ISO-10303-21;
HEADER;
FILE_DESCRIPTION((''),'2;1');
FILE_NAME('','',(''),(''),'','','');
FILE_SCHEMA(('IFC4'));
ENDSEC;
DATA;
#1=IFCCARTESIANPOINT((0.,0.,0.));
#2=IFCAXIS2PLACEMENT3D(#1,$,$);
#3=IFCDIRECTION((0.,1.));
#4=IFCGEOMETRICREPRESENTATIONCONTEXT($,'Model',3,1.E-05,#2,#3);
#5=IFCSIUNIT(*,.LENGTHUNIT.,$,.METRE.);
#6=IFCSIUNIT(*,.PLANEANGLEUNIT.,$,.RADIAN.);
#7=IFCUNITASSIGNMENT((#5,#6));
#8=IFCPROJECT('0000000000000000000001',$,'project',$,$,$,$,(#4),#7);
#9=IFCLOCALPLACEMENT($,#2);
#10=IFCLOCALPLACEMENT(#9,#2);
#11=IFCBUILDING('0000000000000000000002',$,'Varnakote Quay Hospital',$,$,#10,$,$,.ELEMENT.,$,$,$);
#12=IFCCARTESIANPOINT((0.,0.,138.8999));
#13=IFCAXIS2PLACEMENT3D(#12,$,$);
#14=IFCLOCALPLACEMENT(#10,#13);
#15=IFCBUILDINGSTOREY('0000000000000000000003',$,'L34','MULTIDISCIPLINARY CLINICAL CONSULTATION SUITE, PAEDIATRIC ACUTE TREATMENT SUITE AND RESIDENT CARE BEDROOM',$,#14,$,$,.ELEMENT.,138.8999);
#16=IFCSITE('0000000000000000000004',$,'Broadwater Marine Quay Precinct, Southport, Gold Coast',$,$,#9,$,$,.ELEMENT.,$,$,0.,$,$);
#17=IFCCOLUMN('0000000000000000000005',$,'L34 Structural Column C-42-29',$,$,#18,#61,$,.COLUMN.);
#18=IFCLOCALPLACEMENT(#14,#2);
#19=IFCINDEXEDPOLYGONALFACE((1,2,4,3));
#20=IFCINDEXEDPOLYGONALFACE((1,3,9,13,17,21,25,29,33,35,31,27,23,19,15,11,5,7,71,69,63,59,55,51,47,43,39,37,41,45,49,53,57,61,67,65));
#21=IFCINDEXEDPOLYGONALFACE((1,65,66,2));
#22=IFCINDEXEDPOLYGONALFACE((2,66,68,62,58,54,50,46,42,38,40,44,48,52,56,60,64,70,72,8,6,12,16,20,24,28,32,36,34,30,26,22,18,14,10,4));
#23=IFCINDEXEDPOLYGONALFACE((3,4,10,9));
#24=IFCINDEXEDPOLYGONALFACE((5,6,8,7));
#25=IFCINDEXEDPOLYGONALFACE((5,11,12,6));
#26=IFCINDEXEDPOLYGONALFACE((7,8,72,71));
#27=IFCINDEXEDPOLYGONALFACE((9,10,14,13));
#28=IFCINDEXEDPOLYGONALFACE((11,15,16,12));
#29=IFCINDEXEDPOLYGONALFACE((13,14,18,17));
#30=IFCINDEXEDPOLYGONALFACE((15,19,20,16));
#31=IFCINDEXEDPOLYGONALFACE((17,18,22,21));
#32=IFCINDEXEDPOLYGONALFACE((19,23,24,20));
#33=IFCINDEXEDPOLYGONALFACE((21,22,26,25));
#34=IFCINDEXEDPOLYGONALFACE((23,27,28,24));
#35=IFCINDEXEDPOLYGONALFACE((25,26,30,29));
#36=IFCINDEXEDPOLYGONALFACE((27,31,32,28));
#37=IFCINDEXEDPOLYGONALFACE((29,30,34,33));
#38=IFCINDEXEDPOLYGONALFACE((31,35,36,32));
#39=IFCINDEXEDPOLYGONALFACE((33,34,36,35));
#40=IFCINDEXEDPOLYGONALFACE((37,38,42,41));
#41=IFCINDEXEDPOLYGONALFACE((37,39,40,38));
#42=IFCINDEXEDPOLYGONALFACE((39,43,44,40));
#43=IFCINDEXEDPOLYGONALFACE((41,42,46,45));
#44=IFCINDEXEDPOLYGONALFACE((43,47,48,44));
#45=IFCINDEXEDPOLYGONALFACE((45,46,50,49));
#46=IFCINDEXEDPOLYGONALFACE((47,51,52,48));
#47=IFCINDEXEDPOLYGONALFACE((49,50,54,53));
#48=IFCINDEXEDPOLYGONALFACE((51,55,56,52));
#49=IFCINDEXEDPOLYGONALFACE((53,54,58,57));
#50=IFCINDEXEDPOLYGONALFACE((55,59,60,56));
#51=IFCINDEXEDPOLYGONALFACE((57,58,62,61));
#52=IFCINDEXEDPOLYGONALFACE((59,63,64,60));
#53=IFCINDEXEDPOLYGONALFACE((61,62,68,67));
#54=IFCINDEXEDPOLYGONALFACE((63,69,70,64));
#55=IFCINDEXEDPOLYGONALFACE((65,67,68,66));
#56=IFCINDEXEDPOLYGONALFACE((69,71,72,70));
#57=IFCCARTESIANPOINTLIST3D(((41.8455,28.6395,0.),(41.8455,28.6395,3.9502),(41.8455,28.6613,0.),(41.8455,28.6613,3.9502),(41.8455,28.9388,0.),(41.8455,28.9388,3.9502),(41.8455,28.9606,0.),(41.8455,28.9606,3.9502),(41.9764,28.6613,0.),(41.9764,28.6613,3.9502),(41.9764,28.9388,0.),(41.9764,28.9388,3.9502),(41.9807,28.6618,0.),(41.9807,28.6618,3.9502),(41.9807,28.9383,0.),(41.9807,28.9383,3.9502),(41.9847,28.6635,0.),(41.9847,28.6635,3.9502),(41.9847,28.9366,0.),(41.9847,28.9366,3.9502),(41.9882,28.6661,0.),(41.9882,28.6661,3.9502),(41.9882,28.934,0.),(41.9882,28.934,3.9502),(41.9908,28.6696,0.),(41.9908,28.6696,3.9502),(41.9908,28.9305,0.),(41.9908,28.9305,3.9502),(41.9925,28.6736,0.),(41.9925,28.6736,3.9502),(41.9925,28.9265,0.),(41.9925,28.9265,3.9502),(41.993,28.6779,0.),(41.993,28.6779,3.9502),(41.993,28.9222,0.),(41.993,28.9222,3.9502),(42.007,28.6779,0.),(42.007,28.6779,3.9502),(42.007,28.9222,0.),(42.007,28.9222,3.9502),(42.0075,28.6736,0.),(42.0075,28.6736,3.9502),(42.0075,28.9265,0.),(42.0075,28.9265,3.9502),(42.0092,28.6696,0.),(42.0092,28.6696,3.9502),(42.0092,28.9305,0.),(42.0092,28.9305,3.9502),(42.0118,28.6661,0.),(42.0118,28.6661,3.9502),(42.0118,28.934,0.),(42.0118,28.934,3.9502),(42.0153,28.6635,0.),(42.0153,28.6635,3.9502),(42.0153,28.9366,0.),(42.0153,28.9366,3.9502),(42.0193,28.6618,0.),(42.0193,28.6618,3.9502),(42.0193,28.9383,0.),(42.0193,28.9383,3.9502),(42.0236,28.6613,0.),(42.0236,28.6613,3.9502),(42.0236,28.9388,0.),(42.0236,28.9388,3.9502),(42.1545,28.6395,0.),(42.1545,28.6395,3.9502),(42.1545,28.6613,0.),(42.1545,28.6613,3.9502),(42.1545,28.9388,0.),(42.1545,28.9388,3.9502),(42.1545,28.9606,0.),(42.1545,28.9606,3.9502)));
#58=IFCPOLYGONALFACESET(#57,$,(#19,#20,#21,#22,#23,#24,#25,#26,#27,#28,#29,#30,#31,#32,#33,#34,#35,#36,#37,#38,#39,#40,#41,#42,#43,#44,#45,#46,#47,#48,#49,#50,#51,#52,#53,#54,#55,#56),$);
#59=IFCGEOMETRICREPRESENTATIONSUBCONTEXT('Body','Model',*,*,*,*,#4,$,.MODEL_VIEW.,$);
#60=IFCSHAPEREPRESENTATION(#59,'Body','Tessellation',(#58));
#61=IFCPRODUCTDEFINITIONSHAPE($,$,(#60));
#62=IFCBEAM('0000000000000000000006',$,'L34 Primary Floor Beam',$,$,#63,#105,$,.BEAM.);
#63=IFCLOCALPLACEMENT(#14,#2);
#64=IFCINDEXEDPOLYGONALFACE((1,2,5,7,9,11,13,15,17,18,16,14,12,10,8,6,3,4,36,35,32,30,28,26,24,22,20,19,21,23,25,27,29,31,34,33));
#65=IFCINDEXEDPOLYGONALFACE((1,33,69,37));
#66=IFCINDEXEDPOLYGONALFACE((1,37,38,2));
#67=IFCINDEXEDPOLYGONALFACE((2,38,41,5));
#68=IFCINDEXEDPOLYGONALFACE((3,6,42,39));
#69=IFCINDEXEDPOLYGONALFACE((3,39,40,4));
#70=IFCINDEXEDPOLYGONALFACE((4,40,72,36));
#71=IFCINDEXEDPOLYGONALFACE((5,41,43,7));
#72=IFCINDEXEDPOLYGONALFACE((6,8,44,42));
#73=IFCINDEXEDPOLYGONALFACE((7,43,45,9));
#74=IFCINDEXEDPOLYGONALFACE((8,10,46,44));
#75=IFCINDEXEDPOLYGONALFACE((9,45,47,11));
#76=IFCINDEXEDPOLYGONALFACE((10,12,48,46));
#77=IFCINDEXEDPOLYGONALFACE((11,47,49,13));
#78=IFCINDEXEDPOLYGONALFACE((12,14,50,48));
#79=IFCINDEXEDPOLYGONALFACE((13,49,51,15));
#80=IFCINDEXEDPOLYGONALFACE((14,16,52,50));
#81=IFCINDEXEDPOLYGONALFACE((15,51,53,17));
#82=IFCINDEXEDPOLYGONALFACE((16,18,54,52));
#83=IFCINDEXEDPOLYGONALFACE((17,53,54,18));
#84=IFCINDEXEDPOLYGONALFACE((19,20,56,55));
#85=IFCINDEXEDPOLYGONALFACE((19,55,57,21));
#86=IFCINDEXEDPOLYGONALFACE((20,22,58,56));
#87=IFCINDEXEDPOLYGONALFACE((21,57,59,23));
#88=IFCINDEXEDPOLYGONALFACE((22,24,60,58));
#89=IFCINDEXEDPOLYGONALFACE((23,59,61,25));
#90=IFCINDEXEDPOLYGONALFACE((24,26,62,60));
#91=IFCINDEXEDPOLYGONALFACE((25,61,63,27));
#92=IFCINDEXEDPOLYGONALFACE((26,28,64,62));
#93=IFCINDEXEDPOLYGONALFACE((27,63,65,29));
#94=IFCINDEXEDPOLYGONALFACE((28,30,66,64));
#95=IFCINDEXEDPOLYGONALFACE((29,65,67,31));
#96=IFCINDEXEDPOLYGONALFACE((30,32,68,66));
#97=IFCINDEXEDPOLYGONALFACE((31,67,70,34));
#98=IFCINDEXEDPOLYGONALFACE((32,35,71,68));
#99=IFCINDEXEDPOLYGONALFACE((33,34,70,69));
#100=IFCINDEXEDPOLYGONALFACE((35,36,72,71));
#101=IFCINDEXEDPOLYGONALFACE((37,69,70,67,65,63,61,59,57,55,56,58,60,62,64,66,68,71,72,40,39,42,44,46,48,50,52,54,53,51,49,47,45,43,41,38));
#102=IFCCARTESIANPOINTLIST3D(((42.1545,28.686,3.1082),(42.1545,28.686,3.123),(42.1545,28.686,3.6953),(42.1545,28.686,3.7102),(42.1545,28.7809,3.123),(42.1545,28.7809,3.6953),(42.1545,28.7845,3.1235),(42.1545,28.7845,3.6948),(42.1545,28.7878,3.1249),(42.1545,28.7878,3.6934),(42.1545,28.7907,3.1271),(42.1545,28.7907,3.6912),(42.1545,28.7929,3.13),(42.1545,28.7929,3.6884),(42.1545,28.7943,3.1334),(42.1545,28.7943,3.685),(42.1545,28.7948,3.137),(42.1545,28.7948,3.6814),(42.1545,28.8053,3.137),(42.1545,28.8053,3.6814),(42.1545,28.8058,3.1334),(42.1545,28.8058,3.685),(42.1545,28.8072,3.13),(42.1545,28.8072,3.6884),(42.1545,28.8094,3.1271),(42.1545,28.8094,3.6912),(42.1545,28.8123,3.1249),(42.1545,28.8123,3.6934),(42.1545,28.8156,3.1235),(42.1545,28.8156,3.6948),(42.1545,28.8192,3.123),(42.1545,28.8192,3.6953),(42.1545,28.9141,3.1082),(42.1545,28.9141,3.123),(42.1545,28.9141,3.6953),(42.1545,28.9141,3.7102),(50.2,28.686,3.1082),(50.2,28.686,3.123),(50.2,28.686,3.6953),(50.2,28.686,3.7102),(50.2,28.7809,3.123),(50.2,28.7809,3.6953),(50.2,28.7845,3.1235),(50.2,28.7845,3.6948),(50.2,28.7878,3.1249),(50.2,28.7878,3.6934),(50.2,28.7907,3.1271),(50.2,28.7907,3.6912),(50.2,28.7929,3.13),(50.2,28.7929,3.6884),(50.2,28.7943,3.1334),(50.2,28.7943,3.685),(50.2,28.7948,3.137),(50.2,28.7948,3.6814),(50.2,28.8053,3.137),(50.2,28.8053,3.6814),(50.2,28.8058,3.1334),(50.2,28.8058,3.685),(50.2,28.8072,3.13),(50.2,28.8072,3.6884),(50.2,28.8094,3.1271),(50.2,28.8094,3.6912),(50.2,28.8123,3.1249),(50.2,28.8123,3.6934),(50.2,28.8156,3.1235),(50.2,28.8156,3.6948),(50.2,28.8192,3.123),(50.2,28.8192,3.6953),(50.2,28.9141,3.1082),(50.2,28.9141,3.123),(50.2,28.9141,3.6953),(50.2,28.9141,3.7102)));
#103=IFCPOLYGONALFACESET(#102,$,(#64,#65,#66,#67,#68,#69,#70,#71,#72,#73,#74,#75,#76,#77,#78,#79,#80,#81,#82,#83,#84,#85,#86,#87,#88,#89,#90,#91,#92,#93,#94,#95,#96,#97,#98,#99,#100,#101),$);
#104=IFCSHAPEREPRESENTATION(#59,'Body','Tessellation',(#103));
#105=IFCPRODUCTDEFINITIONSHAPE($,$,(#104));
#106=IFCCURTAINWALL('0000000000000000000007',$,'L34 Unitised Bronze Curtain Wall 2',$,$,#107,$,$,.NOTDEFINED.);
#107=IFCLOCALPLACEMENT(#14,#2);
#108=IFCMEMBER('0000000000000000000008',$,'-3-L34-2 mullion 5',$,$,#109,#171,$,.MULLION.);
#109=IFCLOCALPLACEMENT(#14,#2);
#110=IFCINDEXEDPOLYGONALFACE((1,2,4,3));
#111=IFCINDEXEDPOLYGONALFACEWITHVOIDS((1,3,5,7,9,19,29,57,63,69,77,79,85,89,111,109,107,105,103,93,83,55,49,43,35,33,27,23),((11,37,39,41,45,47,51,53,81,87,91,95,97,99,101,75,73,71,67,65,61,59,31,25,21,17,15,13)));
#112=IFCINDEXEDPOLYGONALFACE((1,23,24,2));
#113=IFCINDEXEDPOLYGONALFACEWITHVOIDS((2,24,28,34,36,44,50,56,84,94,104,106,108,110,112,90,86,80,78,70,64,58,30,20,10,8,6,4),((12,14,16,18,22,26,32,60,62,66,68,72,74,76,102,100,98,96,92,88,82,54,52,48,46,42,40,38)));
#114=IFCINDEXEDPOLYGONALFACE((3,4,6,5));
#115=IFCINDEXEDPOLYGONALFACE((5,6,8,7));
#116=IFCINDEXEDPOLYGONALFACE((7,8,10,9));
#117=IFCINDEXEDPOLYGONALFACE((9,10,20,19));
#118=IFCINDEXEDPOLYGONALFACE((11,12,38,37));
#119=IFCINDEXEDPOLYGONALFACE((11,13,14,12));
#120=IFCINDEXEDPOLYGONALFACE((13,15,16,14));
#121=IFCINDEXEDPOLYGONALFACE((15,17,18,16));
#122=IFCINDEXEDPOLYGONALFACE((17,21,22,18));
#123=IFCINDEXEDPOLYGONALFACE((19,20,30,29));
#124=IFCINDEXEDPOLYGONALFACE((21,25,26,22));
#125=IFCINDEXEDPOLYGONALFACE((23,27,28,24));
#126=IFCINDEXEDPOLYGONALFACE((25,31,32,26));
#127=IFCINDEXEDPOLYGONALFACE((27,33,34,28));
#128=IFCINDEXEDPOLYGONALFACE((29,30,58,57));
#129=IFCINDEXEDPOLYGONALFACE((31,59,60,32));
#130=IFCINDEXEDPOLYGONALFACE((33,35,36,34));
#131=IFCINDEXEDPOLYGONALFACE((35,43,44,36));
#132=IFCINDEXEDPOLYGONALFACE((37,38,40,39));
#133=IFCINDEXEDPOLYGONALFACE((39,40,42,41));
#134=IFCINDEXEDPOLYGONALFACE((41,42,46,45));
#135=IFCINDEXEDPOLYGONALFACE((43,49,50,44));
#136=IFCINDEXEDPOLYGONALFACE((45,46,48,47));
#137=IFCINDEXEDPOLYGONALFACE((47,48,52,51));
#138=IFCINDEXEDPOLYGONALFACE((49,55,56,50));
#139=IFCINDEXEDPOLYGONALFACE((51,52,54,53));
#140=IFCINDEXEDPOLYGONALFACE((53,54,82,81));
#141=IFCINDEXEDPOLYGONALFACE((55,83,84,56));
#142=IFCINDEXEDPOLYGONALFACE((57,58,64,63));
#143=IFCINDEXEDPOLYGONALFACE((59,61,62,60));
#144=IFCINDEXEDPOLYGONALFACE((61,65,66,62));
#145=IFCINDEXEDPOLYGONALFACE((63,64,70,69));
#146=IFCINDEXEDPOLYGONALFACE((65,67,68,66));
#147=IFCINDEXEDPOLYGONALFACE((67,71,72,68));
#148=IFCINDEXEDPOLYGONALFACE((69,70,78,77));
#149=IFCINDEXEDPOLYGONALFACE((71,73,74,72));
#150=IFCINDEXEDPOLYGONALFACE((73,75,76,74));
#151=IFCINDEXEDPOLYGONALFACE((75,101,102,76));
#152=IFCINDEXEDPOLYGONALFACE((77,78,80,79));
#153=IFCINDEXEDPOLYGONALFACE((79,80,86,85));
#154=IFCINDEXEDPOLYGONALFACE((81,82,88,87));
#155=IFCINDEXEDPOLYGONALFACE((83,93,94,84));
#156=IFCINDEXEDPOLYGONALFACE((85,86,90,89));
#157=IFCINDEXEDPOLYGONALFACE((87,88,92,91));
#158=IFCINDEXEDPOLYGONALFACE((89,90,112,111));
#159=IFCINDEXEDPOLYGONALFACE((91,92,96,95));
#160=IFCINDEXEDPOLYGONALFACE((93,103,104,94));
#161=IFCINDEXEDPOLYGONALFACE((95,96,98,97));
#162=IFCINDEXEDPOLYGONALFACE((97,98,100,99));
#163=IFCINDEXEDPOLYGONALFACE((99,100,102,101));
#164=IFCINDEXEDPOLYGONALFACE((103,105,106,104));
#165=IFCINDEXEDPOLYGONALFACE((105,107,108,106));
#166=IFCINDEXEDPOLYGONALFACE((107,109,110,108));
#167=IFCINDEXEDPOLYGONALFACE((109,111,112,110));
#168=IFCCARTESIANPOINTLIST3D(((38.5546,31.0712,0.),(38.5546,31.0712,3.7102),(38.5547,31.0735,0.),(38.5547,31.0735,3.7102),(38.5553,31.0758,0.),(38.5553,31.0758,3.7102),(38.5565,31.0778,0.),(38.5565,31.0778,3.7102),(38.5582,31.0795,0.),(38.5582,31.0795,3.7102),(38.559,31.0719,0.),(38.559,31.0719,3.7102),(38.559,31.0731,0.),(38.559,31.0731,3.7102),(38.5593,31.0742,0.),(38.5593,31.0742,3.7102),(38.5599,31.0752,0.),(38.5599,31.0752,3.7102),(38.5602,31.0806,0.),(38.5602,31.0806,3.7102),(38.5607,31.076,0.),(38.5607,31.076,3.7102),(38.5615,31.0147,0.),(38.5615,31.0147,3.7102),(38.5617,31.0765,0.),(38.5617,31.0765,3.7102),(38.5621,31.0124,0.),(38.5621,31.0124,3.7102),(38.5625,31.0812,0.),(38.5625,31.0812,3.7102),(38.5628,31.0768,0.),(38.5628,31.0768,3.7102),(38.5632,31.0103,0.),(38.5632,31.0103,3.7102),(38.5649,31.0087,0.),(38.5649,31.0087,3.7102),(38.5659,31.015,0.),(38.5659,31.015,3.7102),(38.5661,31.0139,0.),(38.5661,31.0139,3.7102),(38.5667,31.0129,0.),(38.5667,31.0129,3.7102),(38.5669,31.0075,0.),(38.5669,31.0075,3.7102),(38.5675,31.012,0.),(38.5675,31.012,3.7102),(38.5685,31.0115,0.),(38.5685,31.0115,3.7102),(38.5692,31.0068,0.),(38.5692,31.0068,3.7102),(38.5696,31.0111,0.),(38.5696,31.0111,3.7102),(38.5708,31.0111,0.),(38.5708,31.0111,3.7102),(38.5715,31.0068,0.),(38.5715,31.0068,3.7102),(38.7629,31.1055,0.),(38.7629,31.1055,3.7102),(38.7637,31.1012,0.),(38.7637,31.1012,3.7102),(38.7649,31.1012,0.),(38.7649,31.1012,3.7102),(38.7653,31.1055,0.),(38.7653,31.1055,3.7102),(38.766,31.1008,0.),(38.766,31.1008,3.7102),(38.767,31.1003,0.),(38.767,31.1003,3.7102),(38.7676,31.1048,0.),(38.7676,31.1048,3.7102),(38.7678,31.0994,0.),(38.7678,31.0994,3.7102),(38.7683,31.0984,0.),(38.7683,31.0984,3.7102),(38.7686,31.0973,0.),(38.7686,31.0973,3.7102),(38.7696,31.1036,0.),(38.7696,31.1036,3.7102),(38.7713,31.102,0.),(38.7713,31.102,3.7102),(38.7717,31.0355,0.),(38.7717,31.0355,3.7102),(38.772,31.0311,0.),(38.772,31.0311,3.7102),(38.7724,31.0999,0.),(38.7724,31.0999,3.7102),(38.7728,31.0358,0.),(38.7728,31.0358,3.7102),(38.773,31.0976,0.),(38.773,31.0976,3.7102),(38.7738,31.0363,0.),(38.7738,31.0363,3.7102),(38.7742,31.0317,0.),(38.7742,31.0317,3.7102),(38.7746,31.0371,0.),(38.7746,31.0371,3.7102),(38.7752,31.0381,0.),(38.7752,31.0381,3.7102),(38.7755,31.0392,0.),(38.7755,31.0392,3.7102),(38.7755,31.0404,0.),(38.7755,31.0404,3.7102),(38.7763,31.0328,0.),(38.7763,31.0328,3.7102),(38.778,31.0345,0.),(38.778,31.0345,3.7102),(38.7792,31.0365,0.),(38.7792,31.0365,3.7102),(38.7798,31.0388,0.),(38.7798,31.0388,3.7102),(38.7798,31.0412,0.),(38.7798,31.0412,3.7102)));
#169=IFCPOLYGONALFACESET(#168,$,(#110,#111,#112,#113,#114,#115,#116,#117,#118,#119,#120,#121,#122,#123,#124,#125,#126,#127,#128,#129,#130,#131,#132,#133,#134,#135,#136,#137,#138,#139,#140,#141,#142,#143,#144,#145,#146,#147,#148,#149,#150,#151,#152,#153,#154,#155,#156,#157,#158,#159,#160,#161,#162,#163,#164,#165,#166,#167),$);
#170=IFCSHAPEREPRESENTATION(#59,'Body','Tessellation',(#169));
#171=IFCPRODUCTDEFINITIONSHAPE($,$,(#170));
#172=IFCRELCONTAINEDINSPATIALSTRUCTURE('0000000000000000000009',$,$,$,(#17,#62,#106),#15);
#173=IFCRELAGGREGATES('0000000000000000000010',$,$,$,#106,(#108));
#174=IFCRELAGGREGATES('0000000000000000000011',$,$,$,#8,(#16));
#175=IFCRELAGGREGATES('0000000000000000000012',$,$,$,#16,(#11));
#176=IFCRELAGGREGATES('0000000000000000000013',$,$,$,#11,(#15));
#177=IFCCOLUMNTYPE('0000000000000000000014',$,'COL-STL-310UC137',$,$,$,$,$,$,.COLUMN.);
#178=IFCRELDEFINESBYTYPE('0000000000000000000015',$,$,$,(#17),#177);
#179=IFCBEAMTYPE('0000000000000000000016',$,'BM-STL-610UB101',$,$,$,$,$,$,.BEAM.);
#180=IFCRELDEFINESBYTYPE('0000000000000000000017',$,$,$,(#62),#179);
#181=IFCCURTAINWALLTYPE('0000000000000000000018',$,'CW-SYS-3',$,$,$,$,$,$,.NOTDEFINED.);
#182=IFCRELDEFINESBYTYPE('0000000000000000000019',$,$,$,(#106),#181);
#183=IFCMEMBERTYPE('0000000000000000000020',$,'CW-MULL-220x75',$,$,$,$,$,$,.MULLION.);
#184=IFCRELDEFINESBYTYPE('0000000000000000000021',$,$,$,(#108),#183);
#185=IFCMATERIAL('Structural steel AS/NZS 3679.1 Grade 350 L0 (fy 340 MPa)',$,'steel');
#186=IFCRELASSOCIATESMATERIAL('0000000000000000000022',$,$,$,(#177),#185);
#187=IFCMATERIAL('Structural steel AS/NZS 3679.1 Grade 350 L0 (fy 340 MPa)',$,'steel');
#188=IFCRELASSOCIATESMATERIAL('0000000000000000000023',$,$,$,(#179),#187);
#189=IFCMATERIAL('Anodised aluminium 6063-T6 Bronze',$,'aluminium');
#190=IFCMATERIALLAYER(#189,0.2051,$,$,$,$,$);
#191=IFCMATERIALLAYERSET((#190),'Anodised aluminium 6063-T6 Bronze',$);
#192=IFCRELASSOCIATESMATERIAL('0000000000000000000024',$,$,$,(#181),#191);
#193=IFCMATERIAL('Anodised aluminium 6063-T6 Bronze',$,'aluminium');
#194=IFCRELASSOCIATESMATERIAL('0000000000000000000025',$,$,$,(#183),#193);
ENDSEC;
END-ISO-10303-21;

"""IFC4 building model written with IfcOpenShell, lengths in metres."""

from ifc_helpers import new_model, si_unit, direction, frame, origin, origin_2d, place, context, subcontext, project, spatial, hollow_rectangle, i_section, extrude, material, layer, layer_set, material_profile, profile_set, type_object, element, aggregate, save


model = new_model("IFC4")

# Units and contexts
model_context = context("Model", 3, precision=1e-05, world=origin(), true_north=direction((0.0, 1.0)))
body_context = subcontext(model_context, "Body", "Model", "MODEL_VIEW")
ifc_project = project(units=[si_unit("LENGTHUNIT", "METRE"), si_unit("PLANEANGLEUNIT", "RADIAN")], contexts=[model_context])

# Site, building, storey
site_placement = place(None, origin())
site = spatial("IfcSite", under=ifc_project, at=site_placement, Name="Broadwater Marine Quay Precinct, Southport, Gold Coast", CompositionType="ELEMENT", RefElevation=0.0)
building_placement = place(site_placement, origin())
building = spatial("IfcBuilding", under=site, at=building_placement, Name="Varnakote Quay Hospital", CompositionType="ELEMENT")
storey_placement = place(building_placement, frame((0.0, 0.0, 138.8999)))
storey = spatial("IfcBuildingStorey", under=building, at=storey_placement, Name="L34", Description="MULTIDISCIPLINARY CLINICAL CONSULTATION SUITE, PAEDIATRIC ACUTE TREATMENT SUITE AND RESIDENT CARE BEDROOM", CompositionType="ELEMENT", Elevation=138.8999)

# Column
ifc_material_1 = material(Name="Structural steel AS/NZS 3679.1 Grade 350 L0 (fy 340 MPa)", Category="steel")
ifc_material_profile_1 = material_profile(ifc_material_1, i_section(OverallWidth=0.3091, OverallDepth=0.321, WebThickness=0.0139, FlangeThickness=0.0217, FilletRadius=0.0166, at=origin_2d()), Name="310UC137")
ifc_profile_set_1 = profile_set([ifc_material_profile_1], Name="Structural steel AS/NZS 3679.1 Grade 350 L0 (fy 340 MPa)")
column_type = type_object("IfcColumnType", Name="COL-STL-310UC137", PredefinedType="COLUMN", material=ifc_profile_set_1)
column_placement = place(storey_placement, frame((42.0, 28.8, 0.0), z_axis=(0.0, 0.0, 1.0), x_axis=(1.0, 0.0, 0.0)))
element("IfcColumn", 1, at=column_placement, inside=storey, type_object=column_type, Name="L34 Structural Column C-42-29", PredefinedType="COLUMN", context=body_context, shape_type="SweptSolid", body=[
    extrude(i_section(OverallWidth=0.3091, OverallDepth=0.321, WebThickness=0.0139, FlangeThickness=0.0217, FilletRadius=0.0166, at=origin_2d()), origin(), (0.0, 0.0, 1.0), 3.9502),
])

# Beam
ifc_material_2 = material(Name="Structural steel AS/NZS 3679.1 Grade 350 L0 (fy 340 MPa)", Category="steel")
ifc_material_profile_2 = material_profile(ifc_material_2, i_section(OverallWidth=0.228, OverallDepth=0.6021, WebThickness=0.0105, FlangeThickness=0.0149, FilletRadius=0.0139, at=origin_2d()), Name="610UB101")
ifc_profile_set_2 = profile_set([ifc_material_profile_2], Name="Structural steel AS/NZS 3679.1 Grade 350 L0 (fy 340 MPa)")
beam_type_1 = type_object("IfcBeamType", Name="BM-STL-610UB101", PredefinedType="BEAM", material=ifc_profile_set_2)
beam_1_placement = place(storey_placement, frame((42.1545, 28.8, 3.4092), z_axis=(1.0, 0.0, 0.0), x_axis=(0.0, 1.0, 0.0)))
element("IfcBeam", 2, at=beam_1_placement, inside=storey, type_object=beam_type_1, Name="L34 Primary Floor Beam", PredefinedType="BEAM", context=body_context, shape_type="SweptSolid", body=[
    extrude(i_section(OverallWidth=0.228, OverallDepth=0.6021, WebThickness=0.0105, FlangeThickness=0.0149, FilletRadius=0.0139, at=origin_2d()), origin(), (0.0, 0.0, 1.0), 8.0454),
])

# Curtain wall, member
ifc_material_3 = material(Name="Anodised aluminium 6063-T6 Bronze", Category="aluminium")
ifc_layer_1 = layer(ifc_material_3, 0.2051)
ifc_layer_set_1 = layer_set([ifc_layer_1], Name="Anodised aluminium 6063-T6 Bronze")
curtain_wall_type = type_object("IfcCurtainWallType", Name="CW-SYS-3", PredefinedType="NOTDEFINED", material=ifc_layer_set_1)
curtain_wall_placement = place(storey_placement, origin())
curtain_wall = element("IfcCurtainWall", 3, at=curtain_wall_placement, inside=storey, type_object=curtain_wall_type, Name="L34 Unitised Bronze Curtain Wall 2", PredefinedType="NOTDEFINED")
ifc_material_4 = material(Name="Anodised aluminium 6063-T6 Bronze", Category="aluminium")
ifc_material_profile_3 = material_profile(ifc_material_4, hollow_rectangle(XDim=0.075, YDim=0.22, WallThickness=0.0044, InnerFilletRadius=0.0044, OuterFilletRadius=0.009, at=origin_2d()), Name="CW-MULL-220x75")
ifc_profile_set_3 = profile_set([ifc_material_profile_3], Name="Anodised aluminium 6063-T6 Bronze")
member_type_1 = type_object("IfcMemberType", Name="CW-MULL-220x75", PredefinedType="MULLION", material=ifc_profile_set_3)
member_1_placement = place(storey_placement, frame((38.6672, 31.0562, 0.0), z_axis=(0.0, 0.0, 1.0), x_axis=(0.120327, -0.992734, 0.0)))
member_1 = element("IfcMember", 4, at=member_1_placement, type_object=member_type_1, Name="-3-L34-2 mullion 5", PredefinedType="MULLION", context=body_context, shape_type="SweptSolid", body=[
    extrude(hollow_rectangle(XDim=0.075, YDim=0.22, WallThickness=0.0044, InnerFilletRadius=0.0044, OuterFilletRadius=0.009, at=origin_2d()), origin(), (0.0, 0.0, 1.0), 3.7102),
])

aggregate(curtain_wall, [member_1])

save(model, "model.ifc")
